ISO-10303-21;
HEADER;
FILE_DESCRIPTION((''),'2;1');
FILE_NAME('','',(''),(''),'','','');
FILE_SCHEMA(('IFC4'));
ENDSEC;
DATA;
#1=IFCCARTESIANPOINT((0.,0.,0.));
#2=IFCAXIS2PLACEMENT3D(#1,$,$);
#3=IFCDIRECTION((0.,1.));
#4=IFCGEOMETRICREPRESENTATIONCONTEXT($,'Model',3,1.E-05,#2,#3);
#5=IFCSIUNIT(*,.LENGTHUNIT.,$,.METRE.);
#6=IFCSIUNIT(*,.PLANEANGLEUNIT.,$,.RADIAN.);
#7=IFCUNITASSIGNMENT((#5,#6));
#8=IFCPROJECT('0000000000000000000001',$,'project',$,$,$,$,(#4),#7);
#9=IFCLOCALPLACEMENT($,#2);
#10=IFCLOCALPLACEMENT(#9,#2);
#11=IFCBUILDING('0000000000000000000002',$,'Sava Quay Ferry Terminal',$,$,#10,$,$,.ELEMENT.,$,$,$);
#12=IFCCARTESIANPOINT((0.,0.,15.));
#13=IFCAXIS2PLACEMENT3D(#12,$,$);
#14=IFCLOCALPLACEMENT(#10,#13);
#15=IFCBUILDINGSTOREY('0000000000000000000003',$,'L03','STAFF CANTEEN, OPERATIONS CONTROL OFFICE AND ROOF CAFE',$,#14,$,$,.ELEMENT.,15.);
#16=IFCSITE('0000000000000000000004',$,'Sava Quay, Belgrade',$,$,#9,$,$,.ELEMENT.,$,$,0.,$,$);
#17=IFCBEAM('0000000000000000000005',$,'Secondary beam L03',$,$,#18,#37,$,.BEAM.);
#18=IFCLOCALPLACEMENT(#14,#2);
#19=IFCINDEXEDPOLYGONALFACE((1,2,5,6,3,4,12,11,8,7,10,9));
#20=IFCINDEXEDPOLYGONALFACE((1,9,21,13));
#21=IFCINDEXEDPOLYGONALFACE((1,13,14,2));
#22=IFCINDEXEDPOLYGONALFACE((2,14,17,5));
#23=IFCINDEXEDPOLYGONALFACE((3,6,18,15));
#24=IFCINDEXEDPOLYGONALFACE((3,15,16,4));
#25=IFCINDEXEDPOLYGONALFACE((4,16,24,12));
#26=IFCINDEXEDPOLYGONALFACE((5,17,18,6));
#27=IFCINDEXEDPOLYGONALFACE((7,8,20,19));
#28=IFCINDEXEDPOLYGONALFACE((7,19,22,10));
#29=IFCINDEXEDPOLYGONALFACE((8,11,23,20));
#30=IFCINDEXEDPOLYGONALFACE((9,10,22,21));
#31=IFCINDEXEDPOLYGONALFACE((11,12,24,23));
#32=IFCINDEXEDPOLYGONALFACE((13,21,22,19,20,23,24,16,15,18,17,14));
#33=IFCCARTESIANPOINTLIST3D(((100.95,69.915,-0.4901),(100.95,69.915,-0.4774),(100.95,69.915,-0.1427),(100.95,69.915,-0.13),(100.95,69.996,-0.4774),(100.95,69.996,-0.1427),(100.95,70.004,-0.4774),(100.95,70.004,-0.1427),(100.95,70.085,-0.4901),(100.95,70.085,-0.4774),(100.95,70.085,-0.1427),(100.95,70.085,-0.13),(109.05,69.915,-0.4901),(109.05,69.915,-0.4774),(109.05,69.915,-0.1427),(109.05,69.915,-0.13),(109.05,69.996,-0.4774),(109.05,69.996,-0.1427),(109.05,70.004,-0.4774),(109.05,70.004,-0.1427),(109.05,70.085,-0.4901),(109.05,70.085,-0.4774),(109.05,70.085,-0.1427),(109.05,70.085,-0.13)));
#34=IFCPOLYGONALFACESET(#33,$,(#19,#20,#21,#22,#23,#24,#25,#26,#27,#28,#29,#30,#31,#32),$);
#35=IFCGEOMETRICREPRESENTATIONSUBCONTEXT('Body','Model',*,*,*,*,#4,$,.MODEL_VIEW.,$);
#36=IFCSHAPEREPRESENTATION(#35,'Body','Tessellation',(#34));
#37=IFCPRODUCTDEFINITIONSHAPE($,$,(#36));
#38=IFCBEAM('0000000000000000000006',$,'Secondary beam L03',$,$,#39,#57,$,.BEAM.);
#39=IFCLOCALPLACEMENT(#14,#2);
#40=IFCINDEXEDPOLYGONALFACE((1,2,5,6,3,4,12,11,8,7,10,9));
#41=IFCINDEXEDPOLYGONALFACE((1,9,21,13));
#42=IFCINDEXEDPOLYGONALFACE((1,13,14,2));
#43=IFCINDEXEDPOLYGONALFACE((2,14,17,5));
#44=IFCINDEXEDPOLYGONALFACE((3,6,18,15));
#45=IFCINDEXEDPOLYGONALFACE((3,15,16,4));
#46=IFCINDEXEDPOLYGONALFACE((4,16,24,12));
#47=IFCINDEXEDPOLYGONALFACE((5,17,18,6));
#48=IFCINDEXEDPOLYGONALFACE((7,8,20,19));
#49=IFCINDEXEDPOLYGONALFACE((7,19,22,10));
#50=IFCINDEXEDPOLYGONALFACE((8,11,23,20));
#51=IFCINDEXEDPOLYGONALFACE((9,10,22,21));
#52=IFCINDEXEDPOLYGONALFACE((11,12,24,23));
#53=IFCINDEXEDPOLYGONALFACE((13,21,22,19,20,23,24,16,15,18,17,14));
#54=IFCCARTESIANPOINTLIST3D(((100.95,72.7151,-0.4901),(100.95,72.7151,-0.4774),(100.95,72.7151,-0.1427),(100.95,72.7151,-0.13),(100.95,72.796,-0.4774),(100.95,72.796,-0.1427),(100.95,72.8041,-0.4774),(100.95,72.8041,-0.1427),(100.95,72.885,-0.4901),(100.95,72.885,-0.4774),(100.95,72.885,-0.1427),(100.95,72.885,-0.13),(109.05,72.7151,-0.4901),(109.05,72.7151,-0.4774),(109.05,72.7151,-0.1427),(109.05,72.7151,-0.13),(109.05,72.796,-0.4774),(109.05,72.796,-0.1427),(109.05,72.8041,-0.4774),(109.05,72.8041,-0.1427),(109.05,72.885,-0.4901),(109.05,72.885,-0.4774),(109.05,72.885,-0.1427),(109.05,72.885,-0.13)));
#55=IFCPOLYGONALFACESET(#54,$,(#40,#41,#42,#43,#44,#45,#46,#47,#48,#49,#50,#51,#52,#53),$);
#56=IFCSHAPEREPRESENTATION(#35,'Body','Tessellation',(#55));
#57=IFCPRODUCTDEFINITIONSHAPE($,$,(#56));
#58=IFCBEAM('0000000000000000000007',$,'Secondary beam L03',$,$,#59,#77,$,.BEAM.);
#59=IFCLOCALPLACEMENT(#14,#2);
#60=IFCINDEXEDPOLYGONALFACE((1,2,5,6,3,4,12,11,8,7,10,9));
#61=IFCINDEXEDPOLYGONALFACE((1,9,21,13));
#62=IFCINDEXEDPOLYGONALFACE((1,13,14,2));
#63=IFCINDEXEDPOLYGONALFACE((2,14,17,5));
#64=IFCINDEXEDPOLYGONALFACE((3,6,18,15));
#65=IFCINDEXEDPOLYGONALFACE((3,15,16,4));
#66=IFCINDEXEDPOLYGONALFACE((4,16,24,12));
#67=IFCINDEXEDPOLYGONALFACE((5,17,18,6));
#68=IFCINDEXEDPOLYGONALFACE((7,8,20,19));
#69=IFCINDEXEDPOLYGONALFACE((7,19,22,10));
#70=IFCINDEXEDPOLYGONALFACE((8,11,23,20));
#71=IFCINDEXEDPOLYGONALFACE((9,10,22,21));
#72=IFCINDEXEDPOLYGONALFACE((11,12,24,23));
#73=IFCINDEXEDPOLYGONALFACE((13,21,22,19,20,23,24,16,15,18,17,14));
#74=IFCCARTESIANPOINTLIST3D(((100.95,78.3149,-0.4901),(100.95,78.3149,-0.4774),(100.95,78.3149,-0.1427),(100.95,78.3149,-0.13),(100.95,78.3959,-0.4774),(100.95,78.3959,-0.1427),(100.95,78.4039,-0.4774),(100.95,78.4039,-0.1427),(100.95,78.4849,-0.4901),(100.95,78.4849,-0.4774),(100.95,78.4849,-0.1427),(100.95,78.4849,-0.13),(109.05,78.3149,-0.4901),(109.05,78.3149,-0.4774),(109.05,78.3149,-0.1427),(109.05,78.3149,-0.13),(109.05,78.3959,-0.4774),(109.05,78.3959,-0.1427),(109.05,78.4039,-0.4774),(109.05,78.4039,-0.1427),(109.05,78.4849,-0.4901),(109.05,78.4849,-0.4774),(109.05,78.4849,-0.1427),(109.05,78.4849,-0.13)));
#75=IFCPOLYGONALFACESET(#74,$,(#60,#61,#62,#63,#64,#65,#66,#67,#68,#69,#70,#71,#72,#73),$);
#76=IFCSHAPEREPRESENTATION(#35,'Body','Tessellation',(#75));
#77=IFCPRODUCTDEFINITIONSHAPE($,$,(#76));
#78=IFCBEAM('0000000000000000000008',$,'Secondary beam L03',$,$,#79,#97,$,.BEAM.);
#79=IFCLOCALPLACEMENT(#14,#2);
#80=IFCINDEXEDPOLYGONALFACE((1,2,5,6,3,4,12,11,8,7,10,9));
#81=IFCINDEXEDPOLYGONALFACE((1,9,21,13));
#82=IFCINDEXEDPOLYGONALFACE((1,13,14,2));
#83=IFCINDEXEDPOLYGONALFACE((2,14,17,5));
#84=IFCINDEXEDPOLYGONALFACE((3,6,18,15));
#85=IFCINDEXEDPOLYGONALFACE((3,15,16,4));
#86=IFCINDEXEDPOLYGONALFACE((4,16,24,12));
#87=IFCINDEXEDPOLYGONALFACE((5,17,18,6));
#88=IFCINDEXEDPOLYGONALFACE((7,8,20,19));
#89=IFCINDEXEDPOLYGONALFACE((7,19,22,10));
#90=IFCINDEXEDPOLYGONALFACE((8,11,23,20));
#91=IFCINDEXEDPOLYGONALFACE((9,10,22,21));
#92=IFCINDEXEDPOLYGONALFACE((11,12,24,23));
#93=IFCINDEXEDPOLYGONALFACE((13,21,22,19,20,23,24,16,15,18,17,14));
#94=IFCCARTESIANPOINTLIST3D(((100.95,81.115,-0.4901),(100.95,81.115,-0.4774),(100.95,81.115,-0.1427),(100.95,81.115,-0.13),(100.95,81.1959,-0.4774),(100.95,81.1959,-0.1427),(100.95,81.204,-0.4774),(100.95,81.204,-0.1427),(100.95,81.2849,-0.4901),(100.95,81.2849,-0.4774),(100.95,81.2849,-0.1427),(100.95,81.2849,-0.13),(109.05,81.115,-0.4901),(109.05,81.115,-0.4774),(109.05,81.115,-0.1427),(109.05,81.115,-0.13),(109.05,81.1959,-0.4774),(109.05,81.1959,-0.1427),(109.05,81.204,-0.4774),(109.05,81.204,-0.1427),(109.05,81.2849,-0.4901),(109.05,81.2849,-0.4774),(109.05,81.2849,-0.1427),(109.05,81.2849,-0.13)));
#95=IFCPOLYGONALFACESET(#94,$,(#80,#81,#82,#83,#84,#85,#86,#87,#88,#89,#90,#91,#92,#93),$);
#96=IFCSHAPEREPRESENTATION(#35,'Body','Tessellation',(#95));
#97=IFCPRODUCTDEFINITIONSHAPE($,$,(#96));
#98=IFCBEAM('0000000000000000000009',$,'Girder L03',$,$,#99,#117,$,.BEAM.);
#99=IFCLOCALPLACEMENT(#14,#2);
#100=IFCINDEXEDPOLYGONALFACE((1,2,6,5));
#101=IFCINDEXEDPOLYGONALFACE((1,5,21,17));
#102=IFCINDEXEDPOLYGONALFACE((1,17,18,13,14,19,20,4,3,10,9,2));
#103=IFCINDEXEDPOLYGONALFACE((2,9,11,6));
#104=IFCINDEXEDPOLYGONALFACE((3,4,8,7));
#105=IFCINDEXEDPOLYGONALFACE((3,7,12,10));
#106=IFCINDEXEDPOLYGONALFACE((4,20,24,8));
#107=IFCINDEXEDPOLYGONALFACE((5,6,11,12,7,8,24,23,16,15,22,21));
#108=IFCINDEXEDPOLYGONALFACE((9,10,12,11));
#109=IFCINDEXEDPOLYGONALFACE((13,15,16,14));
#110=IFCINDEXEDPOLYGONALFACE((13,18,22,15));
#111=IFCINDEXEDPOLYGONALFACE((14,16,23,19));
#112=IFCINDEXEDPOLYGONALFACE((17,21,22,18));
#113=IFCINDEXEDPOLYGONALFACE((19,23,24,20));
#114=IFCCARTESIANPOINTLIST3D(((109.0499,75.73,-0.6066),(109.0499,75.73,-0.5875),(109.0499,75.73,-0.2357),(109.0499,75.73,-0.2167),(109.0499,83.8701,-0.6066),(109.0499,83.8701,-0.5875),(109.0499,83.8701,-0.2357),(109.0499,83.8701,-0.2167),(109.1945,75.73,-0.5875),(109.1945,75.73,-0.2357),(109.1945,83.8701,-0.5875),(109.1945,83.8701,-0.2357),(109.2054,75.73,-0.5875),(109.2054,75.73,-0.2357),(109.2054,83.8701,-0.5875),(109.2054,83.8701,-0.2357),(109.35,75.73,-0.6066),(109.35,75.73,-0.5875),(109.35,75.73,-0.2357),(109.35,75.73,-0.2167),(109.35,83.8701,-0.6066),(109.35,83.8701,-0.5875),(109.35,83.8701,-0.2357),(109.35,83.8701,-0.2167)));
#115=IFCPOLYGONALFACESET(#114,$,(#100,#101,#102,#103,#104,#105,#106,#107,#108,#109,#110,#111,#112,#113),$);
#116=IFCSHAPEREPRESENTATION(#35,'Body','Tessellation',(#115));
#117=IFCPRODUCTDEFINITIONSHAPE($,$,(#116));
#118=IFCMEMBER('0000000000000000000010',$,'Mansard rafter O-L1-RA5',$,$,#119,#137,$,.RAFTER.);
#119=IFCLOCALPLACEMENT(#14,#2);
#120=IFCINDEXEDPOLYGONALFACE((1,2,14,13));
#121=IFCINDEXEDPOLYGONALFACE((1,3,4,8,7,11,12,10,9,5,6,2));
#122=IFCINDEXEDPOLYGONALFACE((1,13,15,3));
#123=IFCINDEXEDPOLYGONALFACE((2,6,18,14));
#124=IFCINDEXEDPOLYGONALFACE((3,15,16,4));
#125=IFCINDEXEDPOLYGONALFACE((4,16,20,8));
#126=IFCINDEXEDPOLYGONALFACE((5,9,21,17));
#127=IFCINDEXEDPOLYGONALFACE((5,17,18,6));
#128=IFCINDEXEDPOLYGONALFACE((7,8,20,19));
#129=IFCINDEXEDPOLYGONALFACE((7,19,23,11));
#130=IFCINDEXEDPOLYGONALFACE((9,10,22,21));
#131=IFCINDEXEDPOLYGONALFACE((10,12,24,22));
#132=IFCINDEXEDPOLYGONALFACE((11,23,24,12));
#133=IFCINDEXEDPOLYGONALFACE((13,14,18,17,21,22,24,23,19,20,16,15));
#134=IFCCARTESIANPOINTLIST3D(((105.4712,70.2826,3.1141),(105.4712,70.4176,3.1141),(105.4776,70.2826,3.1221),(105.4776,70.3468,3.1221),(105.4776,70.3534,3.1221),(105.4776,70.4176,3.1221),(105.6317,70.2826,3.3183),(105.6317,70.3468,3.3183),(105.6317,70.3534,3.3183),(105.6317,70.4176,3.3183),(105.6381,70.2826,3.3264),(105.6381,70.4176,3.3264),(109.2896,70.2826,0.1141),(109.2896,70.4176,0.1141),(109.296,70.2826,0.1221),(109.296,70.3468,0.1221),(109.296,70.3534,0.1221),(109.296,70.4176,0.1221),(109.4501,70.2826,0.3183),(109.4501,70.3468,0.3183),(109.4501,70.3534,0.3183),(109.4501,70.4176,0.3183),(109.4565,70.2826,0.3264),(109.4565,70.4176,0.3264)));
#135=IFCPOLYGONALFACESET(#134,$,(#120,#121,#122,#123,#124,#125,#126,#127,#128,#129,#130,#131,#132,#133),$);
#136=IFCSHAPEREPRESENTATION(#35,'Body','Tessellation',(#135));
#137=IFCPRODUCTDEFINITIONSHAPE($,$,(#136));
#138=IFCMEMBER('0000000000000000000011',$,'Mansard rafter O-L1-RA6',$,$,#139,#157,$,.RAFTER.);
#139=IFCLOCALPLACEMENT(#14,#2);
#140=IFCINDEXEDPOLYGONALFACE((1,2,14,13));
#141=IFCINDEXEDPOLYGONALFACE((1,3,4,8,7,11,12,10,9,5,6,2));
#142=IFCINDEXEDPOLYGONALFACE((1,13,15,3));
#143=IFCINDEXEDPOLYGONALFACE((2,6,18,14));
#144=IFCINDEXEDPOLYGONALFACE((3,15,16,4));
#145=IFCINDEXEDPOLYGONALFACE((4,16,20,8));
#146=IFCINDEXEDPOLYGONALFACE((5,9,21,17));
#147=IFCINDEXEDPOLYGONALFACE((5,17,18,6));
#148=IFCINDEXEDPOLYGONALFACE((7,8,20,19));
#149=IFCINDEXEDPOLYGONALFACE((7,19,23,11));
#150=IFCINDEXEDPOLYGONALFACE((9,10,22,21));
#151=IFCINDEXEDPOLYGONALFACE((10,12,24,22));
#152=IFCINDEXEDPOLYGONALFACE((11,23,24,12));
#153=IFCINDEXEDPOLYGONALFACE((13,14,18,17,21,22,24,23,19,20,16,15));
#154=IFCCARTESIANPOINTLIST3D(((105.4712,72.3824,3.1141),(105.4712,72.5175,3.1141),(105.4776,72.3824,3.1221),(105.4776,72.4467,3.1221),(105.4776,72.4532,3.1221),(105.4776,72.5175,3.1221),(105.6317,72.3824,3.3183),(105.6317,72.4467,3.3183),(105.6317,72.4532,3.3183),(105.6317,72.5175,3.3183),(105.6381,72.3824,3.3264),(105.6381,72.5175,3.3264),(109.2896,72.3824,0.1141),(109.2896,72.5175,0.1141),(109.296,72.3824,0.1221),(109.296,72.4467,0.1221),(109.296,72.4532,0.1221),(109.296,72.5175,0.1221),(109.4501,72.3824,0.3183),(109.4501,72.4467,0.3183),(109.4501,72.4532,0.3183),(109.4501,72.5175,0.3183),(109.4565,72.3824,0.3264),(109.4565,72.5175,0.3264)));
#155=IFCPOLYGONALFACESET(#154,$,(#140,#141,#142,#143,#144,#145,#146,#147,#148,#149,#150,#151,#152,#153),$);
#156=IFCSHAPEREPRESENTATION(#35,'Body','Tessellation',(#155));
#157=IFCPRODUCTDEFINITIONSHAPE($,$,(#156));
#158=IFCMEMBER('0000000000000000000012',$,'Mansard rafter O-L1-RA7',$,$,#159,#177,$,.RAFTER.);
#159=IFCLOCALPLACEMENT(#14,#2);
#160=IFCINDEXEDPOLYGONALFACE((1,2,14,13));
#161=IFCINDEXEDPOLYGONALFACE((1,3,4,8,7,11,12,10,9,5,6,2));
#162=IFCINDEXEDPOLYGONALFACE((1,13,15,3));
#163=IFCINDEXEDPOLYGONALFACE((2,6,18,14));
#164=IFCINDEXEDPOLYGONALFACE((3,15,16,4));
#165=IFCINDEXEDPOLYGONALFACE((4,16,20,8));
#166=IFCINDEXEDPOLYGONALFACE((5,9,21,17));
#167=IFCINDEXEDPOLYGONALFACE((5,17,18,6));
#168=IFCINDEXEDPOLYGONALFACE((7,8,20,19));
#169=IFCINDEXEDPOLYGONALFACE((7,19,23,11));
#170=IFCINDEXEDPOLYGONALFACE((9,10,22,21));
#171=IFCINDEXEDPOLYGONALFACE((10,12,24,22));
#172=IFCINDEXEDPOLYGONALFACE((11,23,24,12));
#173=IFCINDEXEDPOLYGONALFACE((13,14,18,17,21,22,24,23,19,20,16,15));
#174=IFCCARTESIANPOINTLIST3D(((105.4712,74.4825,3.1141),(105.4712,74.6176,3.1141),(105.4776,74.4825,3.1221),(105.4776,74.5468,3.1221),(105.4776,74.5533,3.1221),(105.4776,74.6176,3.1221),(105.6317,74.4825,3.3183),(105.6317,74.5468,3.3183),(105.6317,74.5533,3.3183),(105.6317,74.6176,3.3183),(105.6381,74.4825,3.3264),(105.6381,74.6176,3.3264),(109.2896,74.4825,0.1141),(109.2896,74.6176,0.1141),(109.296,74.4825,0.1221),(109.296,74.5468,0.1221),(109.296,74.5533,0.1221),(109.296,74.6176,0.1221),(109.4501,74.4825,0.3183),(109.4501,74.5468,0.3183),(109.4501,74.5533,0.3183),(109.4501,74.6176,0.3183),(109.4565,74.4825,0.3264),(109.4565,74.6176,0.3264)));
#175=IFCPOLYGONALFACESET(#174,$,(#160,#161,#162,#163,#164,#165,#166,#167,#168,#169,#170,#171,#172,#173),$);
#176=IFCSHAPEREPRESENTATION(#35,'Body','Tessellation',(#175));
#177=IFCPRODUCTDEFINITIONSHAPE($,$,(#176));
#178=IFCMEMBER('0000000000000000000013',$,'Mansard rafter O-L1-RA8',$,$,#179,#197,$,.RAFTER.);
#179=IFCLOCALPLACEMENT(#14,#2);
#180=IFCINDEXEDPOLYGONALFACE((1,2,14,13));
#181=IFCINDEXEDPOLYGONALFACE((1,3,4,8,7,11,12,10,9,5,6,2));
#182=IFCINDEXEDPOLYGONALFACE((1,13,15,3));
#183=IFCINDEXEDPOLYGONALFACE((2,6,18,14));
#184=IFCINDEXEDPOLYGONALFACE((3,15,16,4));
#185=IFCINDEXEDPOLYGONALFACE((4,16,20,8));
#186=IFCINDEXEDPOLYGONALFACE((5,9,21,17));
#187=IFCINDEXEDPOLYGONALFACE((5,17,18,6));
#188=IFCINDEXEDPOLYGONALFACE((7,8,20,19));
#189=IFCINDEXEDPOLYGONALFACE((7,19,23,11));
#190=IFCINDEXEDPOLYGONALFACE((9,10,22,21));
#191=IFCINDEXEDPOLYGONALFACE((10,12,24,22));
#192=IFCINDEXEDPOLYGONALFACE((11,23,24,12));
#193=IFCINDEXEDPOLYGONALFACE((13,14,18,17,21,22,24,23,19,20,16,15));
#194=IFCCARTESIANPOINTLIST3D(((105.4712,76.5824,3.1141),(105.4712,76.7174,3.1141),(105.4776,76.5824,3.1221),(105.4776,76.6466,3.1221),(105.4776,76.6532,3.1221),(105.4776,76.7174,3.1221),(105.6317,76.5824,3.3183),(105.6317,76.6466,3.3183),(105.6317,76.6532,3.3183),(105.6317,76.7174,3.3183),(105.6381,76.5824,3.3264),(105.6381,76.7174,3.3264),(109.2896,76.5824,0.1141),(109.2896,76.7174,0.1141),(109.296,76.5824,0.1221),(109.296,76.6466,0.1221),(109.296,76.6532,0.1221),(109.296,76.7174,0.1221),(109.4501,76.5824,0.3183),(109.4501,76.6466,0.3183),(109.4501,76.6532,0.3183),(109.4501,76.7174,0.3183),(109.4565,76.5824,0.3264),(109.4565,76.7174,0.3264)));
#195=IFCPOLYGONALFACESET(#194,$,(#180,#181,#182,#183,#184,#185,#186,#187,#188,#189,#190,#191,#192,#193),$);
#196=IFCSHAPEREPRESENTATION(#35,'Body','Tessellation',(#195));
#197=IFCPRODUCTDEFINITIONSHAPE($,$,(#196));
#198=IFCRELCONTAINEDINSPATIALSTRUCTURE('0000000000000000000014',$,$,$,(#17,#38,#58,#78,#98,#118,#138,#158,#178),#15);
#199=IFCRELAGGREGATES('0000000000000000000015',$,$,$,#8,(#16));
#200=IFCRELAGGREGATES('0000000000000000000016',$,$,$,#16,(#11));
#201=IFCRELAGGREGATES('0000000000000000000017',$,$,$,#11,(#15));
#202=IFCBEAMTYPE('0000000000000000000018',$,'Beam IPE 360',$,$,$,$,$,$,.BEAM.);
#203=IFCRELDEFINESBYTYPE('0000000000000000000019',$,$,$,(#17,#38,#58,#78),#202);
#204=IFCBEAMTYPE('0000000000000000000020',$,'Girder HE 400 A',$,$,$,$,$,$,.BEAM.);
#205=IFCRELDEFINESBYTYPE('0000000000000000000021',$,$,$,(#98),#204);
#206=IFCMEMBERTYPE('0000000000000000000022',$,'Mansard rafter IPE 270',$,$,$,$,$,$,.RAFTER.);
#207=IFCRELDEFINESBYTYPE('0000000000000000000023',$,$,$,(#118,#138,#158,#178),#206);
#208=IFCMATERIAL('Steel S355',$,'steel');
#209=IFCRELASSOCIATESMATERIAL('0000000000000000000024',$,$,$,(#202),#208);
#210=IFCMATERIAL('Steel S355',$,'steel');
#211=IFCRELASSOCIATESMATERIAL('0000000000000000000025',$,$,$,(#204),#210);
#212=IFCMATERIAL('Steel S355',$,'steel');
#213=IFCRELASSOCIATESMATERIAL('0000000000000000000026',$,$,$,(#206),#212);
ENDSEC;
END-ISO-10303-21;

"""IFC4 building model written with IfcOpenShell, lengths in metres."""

from ifc_helpers import new_model, si_unit, direction, frame, origin, origin_2d, place, context, subcontext, project, spatial, i_section, extrude, material, material_profile, profile_set, type_object, element, save


model = new_model("IFC4")

# Units and contexts
model_context = context("Model", 3, precision=1e-05, world=origin(), true_north=direction((0.0, 1.0)))
body_context = subcontext(model_context, "Body", "Model", "MODEL_VIEW")
ifc_project = project(units=[si_unit("LENGTHUNIT", "METRE"), si_unit("PLANEANGLEUNIT", "RADIAN")], contexts=[model_context])

# Site, building, storey
site_placement = place(None, origin())
site = spatial("IfcSite", under=ifc_project, at=site_placement, Name="Sava Quay, Belgrade", CompositionType="ELEMENT", RefElevation=0.0)
building_placement = place(site_placement, origin())
building = spatial("IfcBuilding", under=site, at=building_placement, Name="Sava Quay Ferry Terminal", CompositionType="ELEMENT")
storey_placement = place(building_placement, frame((0.0, 0.0, 15.0)))
storey = spatial("IfcBuildingStorey", under=building, at=storey_placement, Name="L03", Description="STAFF CANTEEN, OPERATIONS CONTROL OFFICE AND ROOF CAFE", CompositionType="ELEMENT", Elevation=15.0)

# Beams
ifc_material_1 = material(Name="Steel S355", Category="steel")
ifc_material_profile_1 = material_profile(ifc_material_1, i_section(OverallWidth=0.1699, OverallDepth=0.3601, WebThickness=0.0081, FlangeThickness=0.0127, at=origin_2d()), Name="IPE 360")
ifc_profile_set_1 = profile_set([ifc_material_profile_1], Name="Steel S355")
beam_type_1 = type_object("IfcBeamType", Name="Beam IPE 360", PredefinedType="BEAM", material=ifc_profile_set_1)
for number, where, z_axis, x_axis, name in (
    (1, (100.95, 70.0, -0.3101), (1.0, 0.0, 0.0), (0.0, 1.0, 0.0), "Secondary beam L03"),
    (2, (100.95, 72.8, -0.3101), (1.0, 0.0, 0.0), (0.0, 1.0, 0.0), "Secondary beam L03"),
    (3, (100.95, 78.3999, -0.3101), (1.0, 0.0, 0.0), (0.0, 1.0, 0.0), "Secondary beam L03"),
    (4, (100.95, 81.2, -0.3101), (1.0, 0.0, 0.0), (0.0, 1.0, 0.0), "Secondary beam L03"),
):
    element("IfcBeam", number, at=place(storey_placement, frame(where, z_axis=z_axis, x_axis=x_axis)), inside=storey, type_object=beam_type_1, Name=name, PredefinedType="BEAM", context=body_context, shape_type="SweptSolid", body=[
        extrude(i_section(OverallWidth=0.1699, OverallDepth=0.3601, WebThickness=0.0081, FlangeThickness=0.0127, at=origin_2d()), origin(), (0.0, 0.0, 1.0), 8.1001),
    ])
ifc_material_2 = material(Name="Steel S355", Category="steel")
ifc_material_profile_2 = material_profile(ifc_material_2, i_section(OverallWidth=0.3, OverallDepth=0.3899, WebThickness=0.011, FlangeThickness=0.019, at=origin_2d()), Name="HE 400 A")
ifc_profile_set_2 = profile_set([ifc_material_profile_2], Name="Steel S355")
beam_type_2 = type_object("IfcBeamType", Name="Girder HE 400 A", PredefinedType="BEAM", material=ifc_profile_set_2)
beam_placement = place(storey_placement, frame((109.2, 75.73, -0.4116), z_axis=(0.0, 1.0, 0.0), x_axis=(-1.0, 0.0, 0.0)))
element("IfcBeam", 5, at=beam_placement, inside=storey, type_object=beam_type_2, Name="Girder L03", PredefinedType="BEAM", context=body_context, shape_type="SweptSolid", body=[
    extrude(i_section(OverallWidth=0.3, OverallDepth=0.3899, WebThickness=0.011, FlangeThickness=0.019, at=origin_2d()), origin(), (0.0, 0.0, 1.0), 8.1401),
])

# Members
ifc_material_3 = material(Name="Steel S355", Category="steel")
ifc_material_profile_3 = material_profile(ifc_material_3, i_section(OverallWidth=0.135, OverallDepth=0.27, WebThickness=0.0066, FlangeThickness=0.0103, at=origin_2d()), Name="IPE 270")
ifc_profile_set_3 = profile_set([ifc_material_profile_3], Name="Steel S355")
member_type = type_object("IfcMemberType", Name="Mansard rafter IPE 270", PredefinedType="RAFTER", material=ifc_profile_set_3)
for number, where, z_axis, x_axis, name in (
    (6, (109.373, 70.3501, 0.2202), (-0.786332, 0.0, 0.617804), (0.0, -1.0, 0.0), "Mansard rafter O-L1-RA5"),
    (7, (109.373, 72.45, 0.2202), (-0.786332, 0.0, 0.617804), (0.0, -1.0, 0.0), "Mansard rafter O-L1-RA6"),
    (8, (109.373, 74.55, 0.2202), (-0.786332, 0.0, 0.617804), (0.0, -1.0, 0.0), "Mansard rafter O-L1-RA7"),
    (9, (109.373, 76.6499, 0.2202), (-0.786332, 0.0, 0.617804), (0.0, -1.0, 0.0), "Mansard rafter O-L1-RA8"),
):
    element("IfcMember", number, at=place(storey_placement, frame(where, z_axis=z_axis, x_axis=x_axis)), inside=storey, type_object=member_type, Name=name, PredefinedType="RAFTER", context=body_context, shape_type="SweptSolid", body=[
        extrude(i_section(OverallWidth=0.135, OverallDepth=0.27, WebThickness=0.0066, FlangeThickness=0.0103, at=origin_2d()), origin(), (0.0, 0.0, 1.0), 4.856),
    ])

save(model, "model.ifc")
